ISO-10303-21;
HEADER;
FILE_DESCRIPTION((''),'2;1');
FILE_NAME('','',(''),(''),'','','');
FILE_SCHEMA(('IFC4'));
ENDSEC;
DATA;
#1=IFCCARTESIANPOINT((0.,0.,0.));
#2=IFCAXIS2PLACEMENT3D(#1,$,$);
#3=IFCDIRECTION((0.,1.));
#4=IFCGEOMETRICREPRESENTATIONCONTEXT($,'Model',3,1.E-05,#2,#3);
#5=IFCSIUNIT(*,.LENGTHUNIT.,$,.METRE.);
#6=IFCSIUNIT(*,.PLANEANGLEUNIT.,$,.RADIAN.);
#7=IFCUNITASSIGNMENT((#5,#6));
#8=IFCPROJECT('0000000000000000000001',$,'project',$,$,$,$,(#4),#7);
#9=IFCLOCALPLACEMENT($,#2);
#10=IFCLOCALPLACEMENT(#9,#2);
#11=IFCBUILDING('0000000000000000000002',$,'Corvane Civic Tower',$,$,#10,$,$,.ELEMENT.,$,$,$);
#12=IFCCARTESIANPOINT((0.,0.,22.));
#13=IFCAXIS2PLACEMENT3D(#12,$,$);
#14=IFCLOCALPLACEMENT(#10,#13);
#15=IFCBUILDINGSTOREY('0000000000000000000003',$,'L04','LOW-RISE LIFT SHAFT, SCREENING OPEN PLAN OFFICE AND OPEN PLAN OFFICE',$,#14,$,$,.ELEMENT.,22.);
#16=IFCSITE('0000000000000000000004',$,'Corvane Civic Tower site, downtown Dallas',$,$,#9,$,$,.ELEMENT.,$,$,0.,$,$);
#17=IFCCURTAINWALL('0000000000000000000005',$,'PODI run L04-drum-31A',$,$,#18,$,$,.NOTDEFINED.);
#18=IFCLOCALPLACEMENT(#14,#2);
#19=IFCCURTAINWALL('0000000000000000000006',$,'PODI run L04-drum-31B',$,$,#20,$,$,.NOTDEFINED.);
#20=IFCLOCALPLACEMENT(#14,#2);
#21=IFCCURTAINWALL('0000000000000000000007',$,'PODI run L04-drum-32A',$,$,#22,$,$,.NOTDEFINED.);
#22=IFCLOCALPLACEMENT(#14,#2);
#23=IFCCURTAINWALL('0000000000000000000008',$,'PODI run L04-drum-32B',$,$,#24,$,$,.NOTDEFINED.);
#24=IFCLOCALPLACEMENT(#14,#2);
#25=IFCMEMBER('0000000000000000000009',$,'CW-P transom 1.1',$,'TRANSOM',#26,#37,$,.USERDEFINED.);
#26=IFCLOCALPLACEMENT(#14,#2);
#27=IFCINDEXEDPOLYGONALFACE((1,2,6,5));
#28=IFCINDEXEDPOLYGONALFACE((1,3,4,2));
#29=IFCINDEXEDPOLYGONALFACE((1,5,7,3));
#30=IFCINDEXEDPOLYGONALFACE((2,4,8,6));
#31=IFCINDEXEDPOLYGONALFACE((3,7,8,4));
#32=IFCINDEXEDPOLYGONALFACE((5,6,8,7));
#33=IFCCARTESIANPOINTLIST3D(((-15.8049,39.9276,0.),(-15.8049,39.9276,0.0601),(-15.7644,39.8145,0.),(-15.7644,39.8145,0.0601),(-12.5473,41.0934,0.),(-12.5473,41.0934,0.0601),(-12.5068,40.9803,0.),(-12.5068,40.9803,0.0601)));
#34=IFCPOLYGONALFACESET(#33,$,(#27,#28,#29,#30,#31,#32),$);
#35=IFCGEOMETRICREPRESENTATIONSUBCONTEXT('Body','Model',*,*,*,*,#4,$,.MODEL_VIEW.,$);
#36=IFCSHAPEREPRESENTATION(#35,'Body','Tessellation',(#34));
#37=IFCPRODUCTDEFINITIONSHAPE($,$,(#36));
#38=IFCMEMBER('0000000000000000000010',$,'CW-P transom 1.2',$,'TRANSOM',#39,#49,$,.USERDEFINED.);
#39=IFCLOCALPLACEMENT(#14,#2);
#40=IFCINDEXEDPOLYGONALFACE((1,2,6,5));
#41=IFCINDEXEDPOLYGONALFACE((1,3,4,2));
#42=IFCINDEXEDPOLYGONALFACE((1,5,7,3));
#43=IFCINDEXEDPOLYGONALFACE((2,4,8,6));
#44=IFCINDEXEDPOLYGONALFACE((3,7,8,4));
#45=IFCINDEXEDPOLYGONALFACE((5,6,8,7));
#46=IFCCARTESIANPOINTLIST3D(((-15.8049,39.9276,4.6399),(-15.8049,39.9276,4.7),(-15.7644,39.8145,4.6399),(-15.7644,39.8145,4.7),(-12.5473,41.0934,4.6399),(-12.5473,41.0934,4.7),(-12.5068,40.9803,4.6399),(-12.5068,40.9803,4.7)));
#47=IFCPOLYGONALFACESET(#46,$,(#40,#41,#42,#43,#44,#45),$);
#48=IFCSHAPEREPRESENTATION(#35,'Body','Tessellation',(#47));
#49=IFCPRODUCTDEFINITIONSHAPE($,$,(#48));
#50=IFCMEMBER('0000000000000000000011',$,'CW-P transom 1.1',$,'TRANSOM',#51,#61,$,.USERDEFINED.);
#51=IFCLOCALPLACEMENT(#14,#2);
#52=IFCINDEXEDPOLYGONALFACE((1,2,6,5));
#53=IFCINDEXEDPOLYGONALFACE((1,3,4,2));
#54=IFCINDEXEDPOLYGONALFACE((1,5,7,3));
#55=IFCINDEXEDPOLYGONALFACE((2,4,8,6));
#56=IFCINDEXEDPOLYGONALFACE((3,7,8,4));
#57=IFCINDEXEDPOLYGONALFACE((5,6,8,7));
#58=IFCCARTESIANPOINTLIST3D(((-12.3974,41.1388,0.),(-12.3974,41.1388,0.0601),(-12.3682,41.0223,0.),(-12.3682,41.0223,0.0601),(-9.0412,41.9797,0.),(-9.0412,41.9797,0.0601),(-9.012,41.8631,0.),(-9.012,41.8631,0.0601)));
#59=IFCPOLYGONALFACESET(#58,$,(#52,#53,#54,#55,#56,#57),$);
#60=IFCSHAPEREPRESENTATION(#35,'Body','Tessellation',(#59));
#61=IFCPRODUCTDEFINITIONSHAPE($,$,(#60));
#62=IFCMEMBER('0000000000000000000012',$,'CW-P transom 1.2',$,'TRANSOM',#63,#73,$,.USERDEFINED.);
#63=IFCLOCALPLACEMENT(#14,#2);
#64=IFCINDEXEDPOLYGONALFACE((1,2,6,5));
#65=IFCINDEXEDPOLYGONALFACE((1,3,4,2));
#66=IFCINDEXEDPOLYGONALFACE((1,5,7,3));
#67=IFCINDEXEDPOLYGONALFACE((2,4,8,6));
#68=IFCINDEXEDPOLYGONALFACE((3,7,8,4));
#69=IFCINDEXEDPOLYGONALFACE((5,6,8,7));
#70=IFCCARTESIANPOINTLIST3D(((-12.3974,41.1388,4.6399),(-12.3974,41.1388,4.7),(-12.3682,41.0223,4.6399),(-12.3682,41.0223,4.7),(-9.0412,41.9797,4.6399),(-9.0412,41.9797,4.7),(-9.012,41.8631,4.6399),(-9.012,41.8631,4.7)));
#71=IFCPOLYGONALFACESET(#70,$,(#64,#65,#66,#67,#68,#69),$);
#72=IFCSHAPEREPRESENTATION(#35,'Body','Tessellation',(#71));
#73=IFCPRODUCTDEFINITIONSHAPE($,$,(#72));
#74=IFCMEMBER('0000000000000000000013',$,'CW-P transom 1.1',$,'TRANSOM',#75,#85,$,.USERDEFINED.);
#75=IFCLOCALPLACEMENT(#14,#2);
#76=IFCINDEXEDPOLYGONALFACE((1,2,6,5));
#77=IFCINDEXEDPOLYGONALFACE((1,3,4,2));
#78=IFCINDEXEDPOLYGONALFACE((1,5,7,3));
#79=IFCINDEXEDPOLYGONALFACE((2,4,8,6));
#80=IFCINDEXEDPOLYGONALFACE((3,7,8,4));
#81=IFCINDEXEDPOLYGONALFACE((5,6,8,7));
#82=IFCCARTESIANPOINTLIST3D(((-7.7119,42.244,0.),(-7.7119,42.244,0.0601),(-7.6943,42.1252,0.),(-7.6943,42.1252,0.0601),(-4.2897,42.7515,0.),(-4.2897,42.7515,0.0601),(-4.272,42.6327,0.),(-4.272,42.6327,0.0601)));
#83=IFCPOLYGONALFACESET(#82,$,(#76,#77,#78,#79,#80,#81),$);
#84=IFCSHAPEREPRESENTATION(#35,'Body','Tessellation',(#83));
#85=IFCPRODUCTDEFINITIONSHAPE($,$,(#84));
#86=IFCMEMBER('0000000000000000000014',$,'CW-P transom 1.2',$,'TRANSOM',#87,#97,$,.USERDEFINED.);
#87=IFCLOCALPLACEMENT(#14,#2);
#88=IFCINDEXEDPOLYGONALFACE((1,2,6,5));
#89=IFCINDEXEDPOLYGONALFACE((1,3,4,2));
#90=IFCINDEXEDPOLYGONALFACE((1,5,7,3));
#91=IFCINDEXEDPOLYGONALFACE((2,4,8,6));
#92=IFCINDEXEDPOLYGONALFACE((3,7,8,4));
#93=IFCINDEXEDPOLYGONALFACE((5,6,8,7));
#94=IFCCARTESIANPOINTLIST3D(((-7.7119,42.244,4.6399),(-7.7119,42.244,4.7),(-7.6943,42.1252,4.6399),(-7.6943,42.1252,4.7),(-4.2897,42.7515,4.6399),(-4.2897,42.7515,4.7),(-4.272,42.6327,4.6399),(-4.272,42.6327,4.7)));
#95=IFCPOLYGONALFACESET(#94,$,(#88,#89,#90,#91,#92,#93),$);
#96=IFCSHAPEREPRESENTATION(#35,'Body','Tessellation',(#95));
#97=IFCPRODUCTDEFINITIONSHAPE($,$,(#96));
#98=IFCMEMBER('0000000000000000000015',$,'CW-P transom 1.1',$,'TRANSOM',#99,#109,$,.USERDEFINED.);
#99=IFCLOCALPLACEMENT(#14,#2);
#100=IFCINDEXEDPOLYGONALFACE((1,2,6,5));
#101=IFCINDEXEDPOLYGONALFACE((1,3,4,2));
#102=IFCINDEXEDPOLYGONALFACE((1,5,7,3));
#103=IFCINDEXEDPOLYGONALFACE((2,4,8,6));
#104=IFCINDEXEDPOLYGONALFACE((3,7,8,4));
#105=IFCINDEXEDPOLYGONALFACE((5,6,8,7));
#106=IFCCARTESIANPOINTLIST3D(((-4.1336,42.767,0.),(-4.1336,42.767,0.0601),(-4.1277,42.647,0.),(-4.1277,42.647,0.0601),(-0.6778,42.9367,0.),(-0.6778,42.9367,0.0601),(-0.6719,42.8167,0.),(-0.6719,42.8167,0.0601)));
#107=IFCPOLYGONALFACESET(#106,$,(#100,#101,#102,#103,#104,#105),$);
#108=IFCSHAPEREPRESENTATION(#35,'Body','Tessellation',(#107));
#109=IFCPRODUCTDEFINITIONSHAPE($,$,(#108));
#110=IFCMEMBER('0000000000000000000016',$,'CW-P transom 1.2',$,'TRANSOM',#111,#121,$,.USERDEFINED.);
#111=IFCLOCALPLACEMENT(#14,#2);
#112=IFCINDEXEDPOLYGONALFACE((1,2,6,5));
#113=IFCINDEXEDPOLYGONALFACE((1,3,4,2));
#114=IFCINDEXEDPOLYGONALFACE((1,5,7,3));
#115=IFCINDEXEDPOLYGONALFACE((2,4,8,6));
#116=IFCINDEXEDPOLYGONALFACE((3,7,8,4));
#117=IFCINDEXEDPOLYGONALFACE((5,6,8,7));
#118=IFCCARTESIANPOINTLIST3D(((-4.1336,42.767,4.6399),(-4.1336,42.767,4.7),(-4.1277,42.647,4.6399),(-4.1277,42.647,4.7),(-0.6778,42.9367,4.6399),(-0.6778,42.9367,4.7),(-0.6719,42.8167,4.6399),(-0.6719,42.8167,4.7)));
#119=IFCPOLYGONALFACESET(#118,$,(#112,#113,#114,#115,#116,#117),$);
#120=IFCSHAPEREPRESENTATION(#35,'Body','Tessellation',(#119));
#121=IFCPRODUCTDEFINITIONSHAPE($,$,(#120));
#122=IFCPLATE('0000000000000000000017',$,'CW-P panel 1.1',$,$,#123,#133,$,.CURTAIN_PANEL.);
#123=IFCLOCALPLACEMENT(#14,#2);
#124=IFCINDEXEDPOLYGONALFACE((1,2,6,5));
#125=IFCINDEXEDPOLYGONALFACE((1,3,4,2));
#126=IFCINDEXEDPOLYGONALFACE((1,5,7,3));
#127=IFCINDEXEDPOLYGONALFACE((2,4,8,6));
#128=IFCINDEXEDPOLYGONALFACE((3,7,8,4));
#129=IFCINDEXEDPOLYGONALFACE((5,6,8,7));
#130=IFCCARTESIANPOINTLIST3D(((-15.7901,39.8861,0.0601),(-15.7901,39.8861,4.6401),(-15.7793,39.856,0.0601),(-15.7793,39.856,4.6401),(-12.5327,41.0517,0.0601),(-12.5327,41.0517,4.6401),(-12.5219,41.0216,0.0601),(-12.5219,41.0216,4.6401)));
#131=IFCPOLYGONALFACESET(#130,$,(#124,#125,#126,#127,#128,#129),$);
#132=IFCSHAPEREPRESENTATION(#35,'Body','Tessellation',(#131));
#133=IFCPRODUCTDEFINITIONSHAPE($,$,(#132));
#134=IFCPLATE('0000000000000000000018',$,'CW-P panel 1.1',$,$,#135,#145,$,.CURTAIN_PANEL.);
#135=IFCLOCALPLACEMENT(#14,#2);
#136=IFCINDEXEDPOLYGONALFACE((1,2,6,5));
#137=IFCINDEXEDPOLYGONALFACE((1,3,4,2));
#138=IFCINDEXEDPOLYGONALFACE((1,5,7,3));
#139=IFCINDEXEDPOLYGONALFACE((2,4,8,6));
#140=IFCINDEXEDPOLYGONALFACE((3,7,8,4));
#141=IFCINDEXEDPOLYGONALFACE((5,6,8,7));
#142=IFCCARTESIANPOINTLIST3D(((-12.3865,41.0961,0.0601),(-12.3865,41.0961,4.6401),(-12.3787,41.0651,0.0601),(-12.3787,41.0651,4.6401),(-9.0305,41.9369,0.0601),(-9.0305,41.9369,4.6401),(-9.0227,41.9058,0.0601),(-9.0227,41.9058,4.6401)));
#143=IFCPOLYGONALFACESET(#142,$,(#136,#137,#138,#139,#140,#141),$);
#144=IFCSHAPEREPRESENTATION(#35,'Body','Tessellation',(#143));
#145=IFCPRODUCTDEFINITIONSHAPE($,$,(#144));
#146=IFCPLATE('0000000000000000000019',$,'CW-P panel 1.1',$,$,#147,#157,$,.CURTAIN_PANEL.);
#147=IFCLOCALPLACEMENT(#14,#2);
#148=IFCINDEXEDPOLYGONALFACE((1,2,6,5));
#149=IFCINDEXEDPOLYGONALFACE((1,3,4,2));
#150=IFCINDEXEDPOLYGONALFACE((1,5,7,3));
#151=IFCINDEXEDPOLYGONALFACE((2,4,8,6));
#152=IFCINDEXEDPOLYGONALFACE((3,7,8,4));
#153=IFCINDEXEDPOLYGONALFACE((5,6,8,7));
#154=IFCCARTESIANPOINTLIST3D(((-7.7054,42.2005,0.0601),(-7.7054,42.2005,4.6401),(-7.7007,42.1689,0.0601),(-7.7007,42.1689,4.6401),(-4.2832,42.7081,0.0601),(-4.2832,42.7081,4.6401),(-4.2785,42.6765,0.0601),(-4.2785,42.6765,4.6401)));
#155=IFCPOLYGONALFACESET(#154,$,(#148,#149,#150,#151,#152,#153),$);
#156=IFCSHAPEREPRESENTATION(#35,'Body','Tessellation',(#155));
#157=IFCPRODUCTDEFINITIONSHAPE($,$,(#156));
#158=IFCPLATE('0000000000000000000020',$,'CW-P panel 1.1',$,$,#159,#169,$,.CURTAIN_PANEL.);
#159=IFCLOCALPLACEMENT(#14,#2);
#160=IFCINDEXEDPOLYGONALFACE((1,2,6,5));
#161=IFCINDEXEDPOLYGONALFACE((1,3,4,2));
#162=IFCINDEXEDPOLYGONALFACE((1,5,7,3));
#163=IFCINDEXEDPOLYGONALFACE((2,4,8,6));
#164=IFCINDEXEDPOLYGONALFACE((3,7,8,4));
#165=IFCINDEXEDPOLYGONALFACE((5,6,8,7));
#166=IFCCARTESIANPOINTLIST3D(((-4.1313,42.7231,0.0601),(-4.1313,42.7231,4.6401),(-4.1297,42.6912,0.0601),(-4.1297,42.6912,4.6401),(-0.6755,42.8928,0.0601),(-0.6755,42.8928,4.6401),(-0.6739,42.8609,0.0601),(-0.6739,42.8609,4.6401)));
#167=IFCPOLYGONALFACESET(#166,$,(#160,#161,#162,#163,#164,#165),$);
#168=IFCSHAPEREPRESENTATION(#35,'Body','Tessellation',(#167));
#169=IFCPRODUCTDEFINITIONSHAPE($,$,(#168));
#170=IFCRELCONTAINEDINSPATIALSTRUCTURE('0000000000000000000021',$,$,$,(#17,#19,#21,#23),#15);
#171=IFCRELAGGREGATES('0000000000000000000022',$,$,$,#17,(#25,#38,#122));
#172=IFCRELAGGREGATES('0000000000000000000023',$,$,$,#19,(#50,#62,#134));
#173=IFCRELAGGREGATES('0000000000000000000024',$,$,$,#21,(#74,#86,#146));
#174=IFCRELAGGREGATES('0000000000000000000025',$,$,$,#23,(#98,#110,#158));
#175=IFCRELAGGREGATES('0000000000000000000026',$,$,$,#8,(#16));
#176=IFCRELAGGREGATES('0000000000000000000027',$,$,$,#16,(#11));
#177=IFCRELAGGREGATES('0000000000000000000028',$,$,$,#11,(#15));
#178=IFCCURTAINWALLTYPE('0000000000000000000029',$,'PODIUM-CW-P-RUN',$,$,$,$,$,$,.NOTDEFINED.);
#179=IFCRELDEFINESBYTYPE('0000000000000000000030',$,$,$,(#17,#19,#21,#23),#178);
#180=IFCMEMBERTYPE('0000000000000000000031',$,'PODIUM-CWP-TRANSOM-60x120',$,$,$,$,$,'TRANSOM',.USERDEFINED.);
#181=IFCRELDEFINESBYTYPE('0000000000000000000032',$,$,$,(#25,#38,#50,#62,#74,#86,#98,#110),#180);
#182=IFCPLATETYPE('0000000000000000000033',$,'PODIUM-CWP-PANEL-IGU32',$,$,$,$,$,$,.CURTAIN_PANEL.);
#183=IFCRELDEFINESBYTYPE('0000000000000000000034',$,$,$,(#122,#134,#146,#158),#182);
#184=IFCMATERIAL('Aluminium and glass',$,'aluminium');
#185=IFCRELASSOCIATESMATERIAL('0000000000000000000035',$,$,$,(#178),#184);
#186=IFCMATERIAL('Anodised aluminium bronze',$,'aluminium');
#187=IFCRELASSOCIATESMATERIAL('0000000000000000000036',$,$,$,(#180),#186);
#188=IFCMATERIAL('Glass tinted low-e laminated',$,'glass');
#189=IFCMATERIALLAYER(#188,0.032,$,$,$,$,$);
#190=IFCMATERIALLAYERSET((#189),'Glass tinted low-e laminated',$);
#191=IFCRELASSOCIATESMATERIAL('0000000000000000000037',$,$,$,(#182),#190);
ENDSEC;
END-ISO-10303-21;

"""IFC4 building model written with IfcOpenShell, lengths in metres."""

from ifc_helpers import new_model, si_unit, direction, frame, origin, origin_2d, place, context, subcontext, project, spatial, rectangle, extrude, material, layer, layer_set, material_profile, profile_set, type_object, element, aggregate, save


model = new_model("IFC4")

# Units and contexts
model_context = context("Model", 3, precision=1e-05, world=origin(), true_north=direction((0.0, 1.0)))
body_context = subcontext(model_context, "Body", "Model", "MODEL_VIEW")
ifc_project = project(units=[si_unit("LENGTHUNIT", "METRE"), si_unit("PLANEANGLEUNIT", "RADIAN")], contexts=[model_context])

# Site, building, storey
site_placement = place(None, origin())
site = spatial("IfcSite", under=ifc_project, at=site_placement, Name="Corvane Civic Tower site, downtown Dallas", CompositionType="ELEMENT", RefElevation=0.0)
building_placement = place(site_placement, origin())
building = spatial("IfcBuilding", under=site, at=building_placement, Name="Corvane Civic Tower", CompositionType="ELEMENT")
storey_placement = place(building_placement, frame((0.0, 0.0, 22.0)))
storey = spatial("IfcBuildingStorey", under=building, at=storey_placement, Name="L04", Description="LOW-RISE LIFT SHAFT, SCREENING OPEN PLAN OFFICE AND OPEN PLAN OFFICE", CompositionType="ELEMENT", Elevation=22.0)

# Curtain walls
ifc_material_1 = material(Name="Aluminium and glass", Category="aluminium")
curtain_wall_type = type_object("IfcCurtainWallType", Name="PODIUM-CW-P-RUN", PredefinedType="NOTDEFINED", material=ifc_material_1)
curtain_wall_1_placement = place(storey_placement, origin())
curtain_wall_1 = element("IfcCurtainWall", 1, at=curtain_wall_1_placement, inside=storey, type_object=curtain_wall_type, Name="PODI run L04-drum-31A", PredefinedType="NOTDEFINED")
curtain_wall_2_placement = place(storey_placement, origin())
curtain_wall_2 = element("IfcCurtainWall", 2, at=curtain_wall_2_placement, inside=storey, type_object=curtain_wall_type, Name="PODI run L04-drum-31B", PredefinedType="NOTDEFINED")
curtain_wall_3_placement = place(storey_placement, origin())
curtain_wall_3 = element("IfcCurtainWall", 3, at=curtain_wall_3_placement, inside=storey, type_object=curtain_wall_type, Name="PODI run L04-drum-32A", PredefinedType="NOTDEFINED")
curtain_wall_4_placement = place(storey_placement, origin())
curtain_wall_4 = element("IfcCurtainWall", 4, at=curtain_wall_4_placement, inside=storey, type_object=curtain_wall_type, Name="PODI run L04-drum-32B", PredefinedType="NOTDEFINED")

# Members
ifc_material_2 = material(Name="Anodised aluminium bronze", Category="aluminium")
ifc_material_profile_1 = material_profile(ifc_material_2, rectangle(XDim=0.1201, YDim=0.0601, at=origin_2d()), Name="AL 120x60")
ifc_profile_set_1 = profile_set([ifc_material_profile_1], Name="Anodised aluminium bronze")
member_type_1 = type_object("IfcMemberType", Name="PODIUM-CWP-TRANSOM-60x120", ElementType="TRANSOM", PredefinedType="USERDEFINED", material=ifc_profile_set_1)
member_1_placement = place(storey_placement, frame((-15.7847, 39.8711, 0.03), z_axis=(0.941526, 0.33694, 0.0), x_axis=(-0.33694, 0.941526, 0.0)))
member_1 = element("IfcMember", 5, at=member_1_placement, type_object=member_type_1, Name="CW-P transom 1.1", ObjectType="TRANSOM", PredefinedType="USERDEFINED", context=body_context, shape_type="SweptSolid", body=[
    extrude(rectangle(XDim=0.1201, YDim=0.0601, at=origin_2d()), origin(), (0.0, 0.0, 1.0), 3.46),
])
member_2_placement = place(storey_placement, frame((-15.7847, 39.8711, 4.6699), z_axis=(0.941526, 0.33694, 0.0), x_axis=(-0.33694, 0.941526, 0.0)))
member_2 = element("IfcMember", 6, at=member_2_placement, type_object=member_type_1, Name="CW-P transom 1.2", ObjectType="TRANSOM", PredefinedType="USERDEFINED", context=body_context, shape_type="SweptSolid", body=[
    extrude(rectangle(XDim=0.1201, YDim=0.0601, at=origin_2d()), origin(), (0.0, 0.0, 1.0), 3.46),
])
member_3_placement = place(storey_placement, frame((-12.3828, 41.0806, 0.03), z_axis=(0.970022, 0.243017, 0.0), x_axis=(-0.243017, 0.970022, 0.0)))
member_3 = element("IfcMember", 7, at=member_3_placement, type_object=member_type_1, Name="CW-P transom 1.1", ObjectType="TRANSOM", PredefinedType="USERDEFINED", context=body_context, shape_type="SweptSolid", body=[
    extrude(rectangle(XDim=0.1201, YDim=0.0601, at=origin_2d()), origin(), (0.0, 0.0, 1.0), 3.46),
])
member_4_placement = place(storey_placement, frame((-12.3828, 41.0806, 4.6699), z_axis=(0.970022, 0.243017, 0.0), x_axis=(-0.243017, 0.970022, 0.0)))
member_4 = element("IfcMember", 8, at=member_4_placement, type_object=member_type_1, Name="CW-P transom 1.2", ObjectType="TRANSOM", PredefinedType="USERDEFINED", context=body_context, shape_type="SweptSolid", body=[
    extrude(rectangle(XDim=0.1201, YDim=0.0601, at=origin_2d()), origin(), (0.0, 0.0, 1.0), 3.46),
])
member_5_placement = place(storey_placement, frame((-7.7031, 42.1846, 0.03), z_axis=(0.98918, 0.146705, 0.0), x_axis=(-0.146705, 0.98918, 0.0)))
member_5 = element("IfcMember", 9, at=member_5_placement, type_object=member_type_1, Name="CW-P transom 1.1", ObjectType="TRANSOM", PredefinedType="USERDEFINED", context=body_context, shape_type="SweptSolid", body=[
    extrude(rectangle(XDim=0.1201, YDim=0.0601, at=origin_2d()), origin(), (0.0, 0.0, 1.0), 3.4597),
])
member_6_placement = place(storey_placement, frame((-7.7031, 42.1846, 4.6699), z_axis=(0.98918, 0.146705, 0.0), x_axis=(-0.146705, 0.98918, 0.0)))
member_6 = element("IfcMember", 10, at=member_6_placement, type_object=member_type_1, Name="CW-P transom 1.2", ObjectType="TRANSOM", PredefinedType="USERDEFINED", context=body_context, shape_type="SweptSolid", body=[
    extrude(rectangle(XDim=0.1201, YDim=0.0601, at=origin_2d()), origin(), (0.0, 0.0, 1.0), 3.4597),
])
member_7_placement = place(storey_placement, frame((-4.1306, 42.707, 0.03), z_axis=(0.998797, 0.04904, 0.0), x_axis=(-0.04904, 0.998797, 0.0)))
member_7 = element("IfcMember", 11, at=member_7_placement, type_object=member_type_1, Name="CW-P transom 1.1", ObjectType="TRANSOM", PredefinedType="USERDEFINED", context=body_context, shape_type="SweptSolid", body=[
    extrude(rectangle(XDim=0.1201, YDim=0.0601, at=origin_2d()), origin(), (0.0, 0.0, 1.0), 3.46),
])
member_8_placement = place(storey_placement, frame((-4.1306, 42.707, 4.6699), z_axis=(0.998797, 0.04904, 0.0), x_axis=(-0.04904, 0.998797, 0.0)))
member_8 = element("IfcMember", 12, at=member_8_placement, type_object=member_type_1, Name="CW-P transom 1.2", ObjectType="TRANSOM", PredefinedType="USERDEFINED", context=body_context, shape_type="SweptSolid", body=[
    extrude(rectangle(XDim=0.1201, YDim=0.0601, at=origin_2d()), origin(), (0.0, 0.0, 1.0), 3.46),
])

# Plates
ifc_material_3 = material(Name="Glass tinted low-e laminated", Category="glass")
ifc_layer_1 = layer(ifc_material_3, 0.032)
ifc_layer_set_1 = layer_set([ifc_layer_1], Name="Glass tinted low-e laminated")
plate_type = type_object("IfcPlateType", Name="PODIUM-CWP-PANEL-IGU32", PredefinedType="CURTAIN_PANEL", material=ifc_layer_set_1)
plate_1_placement = place(storey_placement, frame((-14.156, 40.4539, 0.0601), z_axis=(0.0, 0.0, 1.0), x_axis=(0.941534, 0.336919, 0.0)))
plate_1 = element("IfcPlate", 13, at=plate_1_placement, type_object=plate_type, Name="CW-P panel 1.1", PredefinedType="CURTAIN_PANEL", context=body_context, shape_type="SweptSolid", body=[
    extrude(rectangle(XDim=3.4597, YDim=0.032, at=origin_2d()), origin(), (0.0, 0.0, 1.0), 4.5801),
])
aggregate(curtain_wall_1, [member_1, member_2, plate_1])
plate_2_placement = place(storey_placement, frame((-10.7046, 41.501, 0.0601), z_axis=(0.0, 0.0, 1.0), x_axis=(0.970024, 0.243009, 0.0)))
plate_2 = element("IfcPlate", 14, at=plate_2_placement, type_object=plate_type, Name="CW-P panel 1.1", PredefinedType="CURTAIN_PANEL", context=body_context, shape_type="SweptSolid", body=[
    extrude(rectangle(XDim=3.4597, YDim=0.032, at=origin_2d()), origin(), (0.0, 0.0, 1.0), 4.5801),
])
aggregate(curtain_wall_2, [member_3, member_4, plate_2])
plate_3_placement = place(storey_placement, frame((-5.9919, 42.4385, 0.0601), z_axis=(0.0, 0.0, 1.0), x_axis=(0.989179, 0.146715, 0.0)))
plate_3 = element("IfcPlate", 15, at=plate_3_placement, type_object=plate_type, Name="CW-P panel 1.1", PredefinedType="CURTAIN_PANEL", context=body_context, shape_type="SweptSolid", body=[
    extrude(rectangle(XDim=3.4597, YDim=0.032, at=origin_2d()), origin(), (0.0, 0.0, 1.0), 4.5801),
])
aggregate(curtain_wall_3, [member_5, member_6, plate_3])
plate_4_placement = place(storey_placement, frame((-2.4026, 42.792, 0.0601), z_axis=(0.0, 0.0, 1.0), x_axis=(0.998796, 0.04905, 0.0)))
plate_4 = element("IfcPlate", 16, at=plate_4_placement, type_object=plate_type, Name="CW-P panel 1.1", PredefinedType="CURTAIN_PANEL", context=body_context, shape_type="SweptSolid", body=[
    extrude(rectangle(XDim=3.46, YDim=0.032, at=origin_2d()), origin(), (0.0, 0.0, 1.0), 4.5801),
])
aggregate(curtain_wall_4, [member_7, member_8, plate_4])

save(model, "model.ifc")
